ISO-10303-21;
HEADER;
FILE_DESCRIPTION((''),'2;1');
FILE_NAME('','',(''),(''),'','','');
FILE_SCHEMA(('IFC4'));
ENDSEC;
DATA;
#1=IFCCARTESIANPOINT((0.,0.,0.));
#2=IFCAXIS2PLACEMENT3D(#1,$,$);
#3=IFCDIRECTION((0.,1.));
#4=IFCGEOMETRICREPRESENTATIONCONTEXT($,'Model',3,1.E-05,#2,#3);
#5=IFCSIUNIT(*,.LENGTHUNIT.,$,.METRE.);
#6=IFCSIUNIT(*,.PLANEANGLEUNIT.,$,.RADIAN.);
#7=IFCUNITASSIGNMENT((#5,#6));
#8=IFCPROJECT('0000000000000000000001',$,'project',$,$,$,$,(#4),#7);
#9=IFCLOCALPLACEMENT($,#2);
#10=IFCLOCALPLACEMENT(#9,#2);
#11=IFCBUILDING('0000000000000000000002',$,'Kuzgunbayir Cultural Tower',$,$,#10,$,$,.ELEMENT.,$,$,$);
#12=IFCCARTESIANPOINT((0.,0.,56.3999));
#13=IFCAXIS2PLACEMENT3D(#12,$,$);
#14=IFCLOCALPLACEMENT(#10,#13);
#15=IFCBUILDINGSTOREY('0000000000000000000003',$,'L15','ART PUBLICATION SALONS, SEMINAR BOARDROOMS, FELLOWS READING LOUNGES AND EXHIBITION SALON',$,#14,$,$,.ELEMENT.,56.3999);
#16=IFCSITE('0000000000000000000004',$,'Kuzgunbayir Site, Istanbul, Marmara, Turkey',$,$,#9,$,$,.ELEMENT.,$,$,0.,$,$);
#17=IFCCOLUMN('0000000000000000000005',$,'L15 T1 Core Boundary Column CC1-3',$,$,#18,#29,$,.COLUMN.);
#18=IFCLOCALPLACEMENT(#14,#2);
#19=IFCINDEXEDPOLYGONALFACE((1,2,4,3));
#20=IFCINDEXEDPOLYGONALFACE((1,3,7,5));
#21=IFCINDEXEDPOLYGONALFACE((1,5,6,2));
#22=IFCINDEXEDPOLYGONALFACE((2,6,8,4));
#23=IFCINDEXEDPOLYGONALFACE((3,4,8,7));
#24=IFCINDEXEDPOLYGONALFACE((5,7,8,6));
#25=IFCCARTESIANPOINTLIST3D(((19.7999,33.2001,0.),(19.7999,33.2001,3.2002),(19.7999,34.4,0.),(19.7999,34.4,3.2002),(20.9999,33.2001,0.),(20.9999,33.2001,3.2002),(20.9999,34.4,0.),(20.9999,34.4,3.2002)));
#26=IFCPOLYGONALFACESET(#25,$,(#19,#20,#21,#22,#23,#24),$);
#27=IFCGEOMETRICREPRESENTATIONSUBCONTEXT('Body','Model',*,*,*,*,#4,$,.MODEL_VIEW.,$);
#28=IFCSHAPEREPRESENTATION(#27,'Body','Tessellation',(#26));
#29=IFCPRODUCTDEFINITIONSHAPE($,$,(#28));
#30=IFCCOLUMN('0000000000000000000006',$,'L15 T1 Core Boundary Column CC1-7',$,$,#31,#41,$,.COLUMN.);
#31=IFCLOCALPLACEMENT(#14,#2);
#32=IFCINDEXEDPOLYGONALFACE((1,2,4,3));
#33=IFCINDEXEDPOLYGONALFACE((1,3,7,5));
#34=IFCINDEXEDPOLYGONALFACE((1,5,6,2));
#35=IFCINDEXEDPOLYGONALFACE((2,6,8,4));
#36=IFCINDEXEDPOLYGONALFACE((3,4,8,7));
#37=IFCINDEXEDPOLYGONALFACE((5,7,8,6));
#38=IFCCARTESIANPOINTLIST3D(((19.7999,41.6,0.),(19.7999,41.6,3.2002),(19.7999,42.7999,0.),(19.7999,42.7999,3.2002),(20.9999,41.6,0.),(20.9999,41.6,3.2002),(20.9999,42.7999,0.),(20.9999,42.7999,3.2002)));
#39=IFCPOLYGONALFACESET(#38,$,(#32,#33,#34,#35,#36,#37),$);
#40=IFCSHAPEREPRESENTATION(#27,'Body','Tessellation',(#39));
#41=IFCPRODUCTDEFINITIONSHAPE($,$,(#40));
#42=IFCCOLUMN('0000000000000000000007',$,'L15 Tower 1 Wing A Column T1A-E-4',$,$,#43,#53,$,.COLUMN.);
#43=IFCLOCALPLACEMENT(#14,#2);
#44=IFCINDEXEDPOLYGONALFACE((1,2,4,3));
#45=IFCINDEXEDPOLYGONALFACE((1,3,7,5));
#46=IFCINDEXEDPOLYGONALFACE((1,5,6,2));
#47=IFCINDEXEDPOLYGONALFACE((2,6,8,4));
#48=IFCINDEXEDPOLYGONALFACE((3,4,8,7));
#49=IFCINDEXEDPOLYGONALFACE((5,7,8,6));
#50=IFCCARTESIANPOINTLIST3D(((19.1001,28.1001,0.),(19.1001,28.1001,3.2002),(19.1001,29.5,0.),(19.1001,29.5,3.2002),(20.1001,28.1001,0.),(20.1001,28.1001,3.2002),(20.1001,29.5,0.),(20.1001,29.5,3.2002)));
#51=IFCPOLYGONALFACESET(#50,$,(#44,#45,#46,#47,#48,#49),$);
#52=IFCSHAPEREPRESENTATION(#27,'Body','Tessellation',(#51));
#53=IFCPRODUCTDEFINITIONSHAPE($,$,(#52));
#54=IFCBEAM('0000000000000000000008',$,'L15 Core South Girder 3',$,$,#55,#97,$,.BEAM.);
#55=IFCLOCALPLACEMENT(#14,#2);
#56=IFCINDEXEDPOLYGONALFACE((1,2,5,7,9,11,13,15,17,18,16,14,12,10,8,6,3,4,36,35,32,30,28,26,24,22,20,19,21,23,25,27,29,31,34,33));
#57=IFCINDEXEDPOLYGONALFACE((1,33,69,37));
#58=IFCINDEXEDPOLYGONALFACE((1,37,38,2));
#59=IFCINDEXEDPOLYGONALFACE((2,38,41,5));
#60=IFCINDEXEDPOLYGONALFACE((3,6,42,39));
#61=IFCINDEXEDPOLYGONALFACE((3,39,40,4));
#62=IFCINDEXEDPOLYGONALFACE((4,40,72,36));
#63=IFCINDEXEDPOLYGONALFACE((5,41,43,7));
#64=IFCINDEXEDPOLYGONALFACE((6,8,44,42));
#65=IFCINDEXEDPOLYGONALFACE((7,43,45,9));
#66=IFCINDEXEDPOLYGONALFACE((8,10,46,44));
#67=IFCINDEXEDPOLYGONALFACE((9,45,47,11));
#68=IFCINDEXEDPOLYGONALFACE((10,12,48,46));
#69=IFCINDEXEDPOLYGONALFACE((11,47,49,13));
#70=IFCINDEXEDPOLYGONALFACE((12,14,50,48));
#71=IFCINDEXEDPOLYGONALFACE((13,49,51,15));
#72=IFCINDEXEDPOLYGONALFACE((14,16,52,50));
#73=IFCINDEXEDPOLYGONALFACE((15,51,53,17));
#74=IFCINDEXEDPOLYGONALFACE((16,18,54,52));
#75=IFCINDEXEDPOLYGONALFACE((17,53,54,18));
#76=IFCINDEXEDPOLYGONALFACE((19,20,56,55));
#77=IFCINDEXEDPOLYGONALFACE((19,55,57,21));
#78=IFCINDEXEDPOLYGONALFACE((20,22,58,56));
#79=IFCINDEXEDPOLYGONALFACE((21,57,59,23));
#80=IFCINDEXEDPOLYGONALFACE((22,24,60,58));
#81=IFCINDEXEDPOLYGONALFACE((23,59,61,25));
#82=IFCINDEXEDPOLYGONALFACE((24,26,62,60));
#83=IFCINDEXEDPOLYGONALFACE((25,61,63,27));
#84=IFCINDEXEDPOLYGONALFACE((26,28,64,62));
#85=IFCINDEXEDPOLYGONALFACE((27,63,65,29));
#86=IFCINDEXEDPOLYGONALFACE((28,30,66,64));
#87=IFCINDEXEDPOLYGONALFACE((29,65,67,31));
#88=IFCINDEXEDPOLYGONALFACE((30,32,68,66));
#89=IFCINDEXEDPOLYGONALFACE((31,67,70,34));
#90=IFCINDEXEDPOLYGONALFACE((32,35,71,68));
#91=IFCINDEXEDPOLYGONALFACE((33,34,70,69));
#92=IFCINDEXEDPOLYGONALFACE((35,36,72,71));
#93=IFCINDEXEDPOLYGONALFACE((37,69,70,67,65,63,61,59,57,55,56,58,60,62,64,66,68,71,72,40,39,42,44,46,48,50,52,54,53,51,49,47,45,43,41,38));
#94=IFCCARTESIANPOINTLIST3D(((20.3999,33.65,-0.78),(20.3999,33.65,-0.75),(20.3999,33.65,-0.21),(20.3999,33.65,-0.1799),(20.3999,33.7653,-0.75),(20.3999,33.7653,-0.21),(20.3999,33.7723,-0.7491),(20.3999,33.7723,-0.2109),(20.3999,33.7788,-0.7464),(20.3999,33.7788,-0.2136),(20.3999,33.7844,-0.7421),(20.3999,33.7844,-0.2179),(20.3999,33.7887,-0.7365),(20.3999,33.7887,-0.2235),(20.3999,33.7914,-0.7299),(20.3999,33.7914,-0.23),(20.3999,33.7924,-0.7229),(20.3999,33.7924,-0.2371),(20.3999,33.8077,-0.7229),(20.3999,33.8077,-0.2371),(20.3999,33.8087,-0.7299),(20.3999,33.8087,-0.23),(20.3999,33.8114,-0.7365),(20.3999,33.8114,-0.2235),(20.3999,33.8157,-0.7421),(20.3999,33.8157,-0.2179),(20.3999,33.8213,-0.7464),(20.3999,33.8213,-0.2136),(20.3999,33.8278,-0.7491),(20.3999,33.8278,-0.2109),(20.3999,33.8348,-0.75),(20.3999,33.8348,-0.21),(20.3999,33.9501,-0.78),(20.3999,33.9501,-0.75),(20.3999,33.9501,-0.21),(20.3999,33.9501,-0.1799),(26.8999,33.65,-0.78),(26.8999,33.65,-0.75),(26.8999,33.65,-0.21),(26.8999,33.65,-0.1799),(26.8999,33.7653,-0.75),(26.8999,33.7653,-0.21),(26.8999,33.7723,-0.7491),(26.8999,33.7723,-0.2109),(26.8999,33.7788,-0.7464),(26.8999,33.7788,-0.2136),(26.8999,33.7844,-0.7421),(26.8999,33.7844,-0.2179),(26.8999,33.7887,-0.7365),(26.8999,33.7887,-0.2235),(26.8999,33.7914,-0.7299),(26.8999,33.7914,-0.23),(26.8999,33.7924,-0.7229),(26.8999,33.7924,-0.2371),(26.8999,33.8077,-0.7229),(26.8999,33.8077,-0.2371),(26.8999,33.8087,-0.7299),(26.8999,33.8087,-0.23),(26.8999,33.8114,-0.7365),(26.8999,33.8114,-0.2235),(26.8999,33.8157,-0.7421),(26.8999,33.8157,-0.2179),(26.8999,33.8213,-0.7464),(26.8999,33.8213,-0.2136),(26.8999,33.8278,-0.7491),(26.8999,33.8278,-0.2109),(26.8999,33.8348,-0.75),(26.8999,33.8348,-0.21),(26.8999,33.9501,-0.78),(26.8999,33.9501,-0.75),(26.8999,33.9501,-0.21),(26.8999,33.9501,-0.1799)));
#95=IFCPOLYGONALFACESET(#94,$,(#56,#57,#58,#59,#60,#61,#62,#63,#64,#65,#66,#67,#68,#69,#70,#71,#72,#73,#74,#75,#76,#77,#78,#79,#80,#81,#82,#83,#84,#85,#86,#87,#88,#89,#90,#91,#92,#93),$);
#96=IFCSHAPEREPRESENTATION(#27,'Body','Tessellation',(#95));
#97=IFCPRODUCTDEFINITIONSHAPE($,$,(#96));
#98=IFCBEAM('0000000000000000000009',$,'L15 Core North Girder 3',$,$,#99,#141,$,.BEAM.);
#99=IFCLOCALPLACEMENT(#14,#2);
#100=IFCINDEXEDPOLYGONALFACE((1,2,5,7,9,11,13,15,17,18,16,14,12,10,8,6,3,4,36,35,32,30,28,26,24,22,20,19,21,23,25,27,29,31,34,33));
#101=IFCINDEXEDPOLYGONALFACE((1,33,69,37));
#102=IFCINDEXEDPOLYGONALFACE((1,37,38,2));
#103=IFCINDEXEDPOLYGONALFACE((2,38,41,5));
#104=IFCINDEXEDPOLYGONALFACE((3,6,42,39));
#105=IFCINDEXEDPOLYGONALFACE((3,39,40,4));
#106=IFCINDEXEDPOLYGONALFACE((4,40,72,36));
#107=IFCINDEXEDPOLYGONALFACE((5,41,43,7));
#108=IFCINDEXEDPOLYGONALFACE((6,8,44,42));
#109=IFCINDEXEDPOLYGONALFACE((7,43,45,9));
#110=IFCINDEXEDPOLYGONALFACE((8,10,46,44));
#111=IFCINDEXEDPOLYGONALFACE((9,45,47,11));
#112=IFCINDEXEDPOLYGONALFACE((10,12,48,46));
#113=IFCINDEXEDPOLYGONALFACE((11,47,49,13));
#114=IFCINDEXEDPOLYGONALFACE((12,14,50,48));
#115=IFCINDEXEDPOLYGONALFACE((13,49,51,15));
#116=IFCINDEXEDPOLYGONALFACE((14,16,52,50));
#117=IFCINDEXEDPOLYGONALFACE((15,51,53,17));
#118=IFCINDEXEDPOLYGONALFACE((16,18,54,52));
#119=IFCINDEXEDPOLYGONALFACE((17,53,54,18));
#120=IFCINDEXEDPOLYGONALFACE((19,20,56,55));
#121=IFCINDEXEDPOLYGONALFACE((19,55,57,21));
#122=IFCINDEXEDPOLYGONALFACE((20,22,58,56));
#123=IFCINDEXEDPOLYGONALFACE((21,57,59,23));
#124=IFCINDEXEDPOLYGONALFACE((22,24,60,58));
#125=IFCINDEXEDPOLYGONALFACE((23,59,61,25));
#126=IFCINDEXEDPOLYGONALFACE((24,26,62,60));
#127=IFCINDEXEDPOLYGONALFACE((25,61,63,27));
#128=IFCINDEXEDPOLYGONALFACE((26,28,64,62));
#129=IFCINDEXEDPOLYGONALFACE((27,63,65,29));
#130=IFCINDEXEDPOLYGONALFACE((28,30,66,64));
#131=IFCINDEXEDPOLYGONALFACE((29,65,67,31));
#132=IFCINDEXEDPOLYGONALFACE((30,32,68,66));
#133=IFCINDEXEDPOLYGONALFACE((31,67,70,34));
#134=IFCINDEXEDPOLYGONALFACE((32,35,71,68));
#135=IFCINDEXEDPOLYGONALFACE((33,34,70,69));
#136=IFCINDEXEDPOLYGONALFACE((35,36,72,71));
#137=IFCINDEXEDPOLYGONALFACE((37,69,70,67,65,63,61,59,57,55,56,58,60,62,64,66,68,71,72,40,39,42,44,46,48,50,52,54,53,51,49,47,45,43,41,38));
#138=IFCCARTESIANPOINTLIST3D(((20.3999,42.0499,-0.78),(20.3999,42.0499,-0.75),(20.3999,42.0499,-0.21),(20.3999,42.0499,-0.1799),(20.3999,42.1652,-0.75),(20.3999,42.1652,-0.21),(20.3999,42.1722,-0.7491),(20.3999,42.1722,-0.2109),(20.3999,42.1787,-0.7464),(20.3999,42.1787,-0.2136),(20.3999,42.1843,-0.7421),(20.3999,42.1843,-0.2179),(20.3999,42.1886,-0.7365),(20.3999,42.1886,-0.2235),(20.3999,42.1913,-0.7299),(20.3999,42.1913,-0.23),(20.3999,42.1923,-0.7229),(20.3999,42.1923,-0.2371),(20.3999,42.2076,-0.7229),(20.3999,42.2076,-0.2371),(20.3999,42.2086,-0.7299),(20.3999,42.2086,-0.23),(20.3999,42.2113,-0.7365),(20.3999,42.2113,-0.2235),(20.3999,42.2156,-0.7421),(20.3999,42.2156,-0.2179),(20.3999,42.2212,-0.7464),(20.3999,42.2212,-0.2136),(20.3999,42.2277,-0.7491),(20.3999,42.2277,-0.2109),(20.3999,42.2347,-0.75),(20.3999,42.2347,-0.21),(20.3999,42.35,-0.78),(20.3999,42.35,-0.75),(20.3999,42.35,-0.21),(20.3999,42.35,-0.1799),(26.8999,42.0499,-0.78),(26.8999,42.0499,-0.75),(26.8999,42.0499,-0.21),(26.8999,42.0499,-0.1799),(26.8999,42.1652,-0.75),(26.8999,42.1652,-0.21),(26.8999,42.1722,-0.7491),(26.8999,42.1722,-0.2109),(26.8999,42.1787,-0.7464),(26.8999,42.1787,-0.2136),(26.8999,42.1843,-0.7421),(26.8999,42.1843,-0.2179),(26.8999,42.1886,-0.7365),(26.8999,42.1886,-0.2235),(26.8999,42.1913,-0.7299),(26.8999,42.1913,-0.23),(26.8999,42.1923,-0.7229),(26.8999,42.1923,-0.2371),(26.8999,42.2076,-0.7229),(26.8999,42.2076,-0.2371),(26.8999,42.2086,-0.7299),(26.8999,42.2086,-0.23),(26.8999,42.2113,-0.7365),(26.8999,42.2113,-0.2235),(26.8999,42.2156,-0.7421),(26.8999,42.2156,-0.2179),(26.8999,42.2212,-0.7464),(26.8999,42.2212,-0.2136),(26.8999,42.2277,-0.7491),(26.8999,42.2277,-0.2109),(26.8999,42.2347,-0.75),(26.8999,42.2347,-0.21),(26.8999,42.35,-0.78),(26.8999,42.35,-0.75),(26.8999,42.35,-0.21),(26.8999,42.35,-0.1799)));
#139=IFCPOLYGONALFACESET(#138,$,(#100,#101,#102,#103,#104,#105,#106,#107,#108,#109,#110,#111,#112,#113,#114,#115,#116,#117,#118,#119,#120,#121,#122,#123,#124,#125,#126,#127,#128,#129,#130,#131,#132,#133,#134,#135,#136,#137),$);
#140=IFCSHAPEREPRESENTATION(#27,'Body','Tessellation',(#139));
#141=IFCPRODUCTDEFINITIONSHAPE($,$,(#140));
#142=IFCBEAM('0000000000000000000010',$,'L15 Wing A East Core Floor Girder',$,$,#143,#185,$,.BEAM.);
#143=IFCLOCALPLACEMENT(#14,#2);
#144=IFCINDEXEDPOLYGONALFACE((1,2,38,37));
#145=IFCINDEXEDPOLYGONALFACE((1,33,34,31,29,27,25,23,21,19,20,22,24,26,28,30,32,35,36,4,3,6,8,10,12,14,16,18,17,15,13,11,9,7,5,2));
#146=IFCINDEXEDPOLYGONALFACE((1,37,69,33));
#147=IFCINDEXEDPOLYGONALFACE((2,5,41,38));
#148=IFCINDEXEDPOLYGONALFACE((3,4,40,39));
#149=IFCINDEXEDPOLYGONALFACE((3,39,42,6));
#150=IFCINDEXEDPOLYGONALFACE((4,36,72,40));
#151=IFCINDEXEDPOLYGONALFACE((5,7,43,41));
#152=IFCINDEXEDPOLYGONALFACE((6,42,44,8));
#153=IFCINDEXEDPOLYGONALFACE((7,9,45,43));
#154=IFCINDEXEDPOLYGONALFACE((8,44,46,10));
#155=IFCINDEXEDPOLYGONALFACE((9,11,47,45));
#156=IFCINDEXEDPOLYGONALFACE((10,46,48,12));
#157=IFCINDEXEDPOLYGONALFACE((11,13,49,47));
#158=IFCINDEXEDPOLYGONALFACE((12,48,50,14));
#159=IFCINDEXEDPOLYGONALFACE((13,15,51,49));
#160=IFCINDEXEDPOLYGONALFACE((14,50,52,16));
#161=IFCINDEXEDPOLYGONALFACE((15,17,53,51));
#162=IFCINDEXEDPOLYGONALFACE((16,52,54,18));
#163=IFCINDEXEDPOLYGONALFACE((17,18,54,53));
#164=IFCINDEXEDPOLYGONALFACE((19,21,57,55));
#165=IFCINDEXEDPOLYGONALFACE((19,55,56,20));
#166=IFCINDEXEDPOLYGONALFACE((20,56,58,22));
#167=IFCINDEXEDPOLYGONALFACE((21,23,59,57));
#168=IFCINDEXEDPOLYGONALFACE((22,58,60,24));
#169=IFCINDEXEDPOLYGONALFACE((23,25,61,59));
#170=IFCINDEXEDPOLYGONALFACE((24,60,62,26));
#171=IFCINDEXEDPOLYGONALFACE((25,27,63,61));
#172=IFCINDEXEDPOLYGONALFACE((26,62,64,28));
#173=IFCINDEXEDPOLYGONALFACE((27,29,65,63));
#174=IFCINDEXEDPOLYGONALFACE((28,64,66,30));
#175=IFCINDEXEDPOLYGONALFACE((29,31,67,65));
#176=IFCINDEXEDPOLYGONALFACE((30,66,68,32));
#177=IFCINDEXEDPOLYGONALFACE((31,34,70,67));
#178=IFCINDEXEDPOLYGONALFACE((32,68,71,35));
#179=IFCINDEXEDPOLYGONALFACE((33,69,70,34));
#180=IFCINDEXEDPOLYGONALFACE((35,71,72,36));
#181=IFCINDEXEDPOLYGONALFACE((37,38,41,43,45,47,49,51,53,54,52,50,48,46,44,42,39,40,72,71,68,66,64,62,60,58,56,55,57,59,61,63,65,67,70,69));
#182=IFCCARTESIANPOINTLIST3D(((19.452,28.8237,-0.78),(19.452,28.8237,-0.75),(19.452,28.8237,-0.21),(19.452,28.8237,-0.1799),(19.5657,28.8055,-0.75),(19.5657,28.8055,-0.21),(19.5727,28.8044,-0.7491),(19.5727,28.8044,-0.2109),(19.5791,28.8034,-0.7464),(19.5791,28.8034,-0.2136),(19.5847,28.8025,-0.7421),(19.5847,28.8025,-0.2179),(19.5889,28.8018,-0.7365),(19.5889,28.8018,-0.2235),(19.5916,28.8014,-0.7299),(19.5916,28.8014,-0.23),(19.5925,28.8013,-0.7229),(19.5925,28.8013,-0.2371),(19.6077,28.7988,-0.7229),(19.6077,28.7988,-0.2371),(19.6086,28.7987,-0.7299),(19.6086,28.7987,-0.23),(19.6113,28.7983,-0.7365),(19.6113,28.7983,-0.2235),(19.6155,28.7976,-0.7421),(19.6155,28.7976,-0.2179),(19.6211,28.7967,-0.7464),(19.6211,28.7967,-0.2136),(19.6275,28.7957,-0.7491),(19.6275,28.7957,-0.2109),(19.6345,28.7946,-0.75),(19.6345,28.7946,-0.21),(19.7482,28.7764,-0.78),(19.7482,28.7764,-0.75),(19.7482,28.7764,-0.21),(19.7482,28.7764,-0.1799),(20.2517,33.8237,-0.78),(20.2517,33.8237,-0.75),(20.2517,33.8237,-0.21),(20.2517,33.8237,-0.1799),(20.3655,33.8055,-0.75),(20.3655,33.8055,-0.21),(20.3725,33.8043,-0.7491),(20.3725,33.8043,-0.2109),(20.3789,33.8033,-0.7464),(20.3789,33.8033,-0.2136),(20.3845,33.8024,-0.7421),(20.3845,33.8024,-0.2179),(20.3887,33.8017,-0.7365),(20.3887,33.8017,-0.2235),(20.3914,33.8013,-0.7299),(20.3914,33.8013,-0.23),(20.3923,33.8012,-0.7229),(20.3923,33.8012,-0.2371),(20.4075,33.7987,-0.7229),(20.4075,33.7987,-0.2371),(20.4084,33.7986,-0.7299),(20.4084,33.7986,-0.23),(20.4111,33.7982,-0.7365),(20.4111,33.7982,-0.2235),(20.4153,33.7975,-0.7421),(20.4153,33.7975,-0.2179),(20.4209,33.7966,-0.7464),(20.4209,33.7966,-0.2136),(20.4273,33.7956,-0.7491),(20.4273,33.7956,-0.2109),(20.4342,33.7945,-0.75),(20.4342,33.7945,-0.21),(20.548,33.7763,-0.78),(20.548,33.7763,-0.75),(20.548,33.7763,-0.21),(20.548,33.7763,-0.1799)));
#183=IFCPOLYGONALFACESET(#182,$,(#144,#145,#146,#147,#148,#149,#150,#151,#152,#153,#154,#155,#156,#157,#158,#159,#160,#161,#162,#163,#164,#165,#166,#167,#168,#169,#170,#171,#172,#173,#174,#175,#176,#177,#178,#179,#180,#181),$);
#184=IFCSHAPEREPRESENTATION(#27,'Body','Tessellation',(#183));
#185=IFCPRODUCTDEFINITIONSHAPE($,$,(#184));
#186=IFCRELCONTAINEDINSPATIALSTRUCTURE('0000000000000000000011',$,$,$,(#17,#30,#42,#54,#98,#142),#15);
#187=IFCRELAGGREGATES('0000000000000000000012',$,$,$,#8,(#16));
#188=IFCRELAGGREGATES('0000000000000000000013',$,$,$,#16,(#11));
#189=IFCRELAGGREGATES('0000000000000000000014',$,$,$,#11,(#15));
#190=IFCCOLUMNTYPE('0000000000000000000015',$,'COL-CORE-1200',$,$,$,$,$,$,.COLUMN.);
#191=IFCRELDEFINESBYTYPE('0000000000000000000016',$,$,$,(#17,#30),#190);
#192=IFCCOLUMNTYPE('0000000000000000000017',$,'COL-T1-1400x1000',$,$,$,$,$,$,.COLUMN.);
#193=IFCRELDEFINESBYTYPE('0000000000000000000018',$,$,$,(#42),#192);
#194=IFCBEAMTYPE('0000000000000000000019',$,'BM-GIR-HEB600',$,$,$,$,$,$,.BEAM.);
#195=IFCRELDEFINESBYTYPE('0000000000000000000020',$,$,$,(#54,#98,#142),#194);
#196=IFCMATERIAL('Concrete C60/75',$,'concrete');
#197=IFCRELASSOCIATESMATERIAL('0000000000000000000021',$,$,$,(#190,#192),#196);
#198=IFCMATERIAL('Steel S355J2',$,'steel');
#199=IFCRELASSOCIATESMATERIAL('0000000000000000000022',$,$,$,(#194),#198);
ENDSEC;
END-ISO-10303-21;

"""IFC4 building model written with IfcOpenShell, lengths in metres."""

from ifc_helpers import new_model, si_unit, direction, frame, origin, origin_2d, place, context, subcontext, project, spatial, rectangle, i_section, extrude, material, material_profile, profile_set, type_object, element, save


model = new_model("IFC4")

# Units and contexts
model_context = context("Model", 3, precision=1e-05, world=origin(), true_north=direction((0.0, 1.0)))
body_context = subcontext(model_context, "Body", "Model", "MODEL_VIEW")
ifc_project = project(units=[si_unit("LENGTHUNIT", "METRE"), si_unit("PLANEANGLEUNIT", "RADIAN")], contexts=[model_context])

# Site, building, storey
site_placement = place(None, origin())
site = spatial("IfcSite", under=ifc_project, at=site_placement, Name="Kuzgunbayir Site, Istanbul, Marmara, Turkey", CompositionType="ELEMENT", RefElevation=0.0)
building_placement = place(site_placement, origin())
building = spatial("IfcBuilding", under=site, at=building_placement, Name="Kuzgunbayir Cultural Tower", CompositionType="ELEMENT")
storey_placement = place(building_placement, frame((0.0, 0.0, 56.3999)))
storey = spatial("IfcBuildingStorey", under=building, at=storey_placement, Name="L15", Description="ART PUBLICATION SALONS, SEMINAR BOARDROOMS, FELLOWS READING LOUNGES AND EXHIBITION SALON", CompositionType="ELEMENT", Elevation=56.3999)

# Columns
ifc_material_1 = material(Name="Concrete C60/75", Category="concrete")
ifc_material_profile_1 = material_profile(ifc_material_1, rectangle(XDim=1.2, YDim=1.2, at=origin_2d()), Name="RC 1200x1200")
ifc_profile_set_1 = profile_set([ifc_material_profile_1], Name="Concrete C60/75")
column_type_1 = type_object("IfcColumnType", Name="COL-CORE-1200", PredefinedType="COLUMN", material=ifc_profile_set_1)
for number, where, z_axis, x_axis, name in (
    (1, (20.3999, 33.8, 0.0), (0.0, 0.0, 1.0), (1.0, 0.0, 0.0), "L15 T1 Core Boundary Column CC1-3"),
    (2, (20.3999, 42.2, 0.0), (0.0, 0.0, 1.0), (1.0, 0.0, 0.0), "L15 T1 Core Boundary Column CC1-7"),
):
    element("IfcColumn", number, at=place(storey_placement, frame(where, z_axis=z_axis, x_axis=x_axis)), inside=storey, type_object=column_type_1, Name=name, PredefinedType="COLUMN", context=body_context, shape_type="SweptSolid", body=[
        extrude(rectangle(XDim=1.2, YDim=1.2, at=origin_2d()), origin(), (0.0, 0.0, 1.0), 3.2002),
    ])
ifc_material_profile_2 = material_profile(ifc_material_1, rectangle(XDim=1.0, YDim=1.3999, at=origin_2d()), Name="RC 1400x1000")
ifc_profile_set_2 = profile_set([ifc_material_profile_2], Name="Concrete C60/75")
column_type_2 = type_object("IfcColumnType", Name="COL-T1-1400x1000", PredefinedType="COLUMN", material=ifc_profile_set_2)
column_placement = place(storey_placement, frame((19.6001, 28.8, 0.0), z_axis=(0.0, 0.0, 1.0), x_axis=(1.0, 0.0, 0.0)))
element("IfcColumn", 3, at=column_placement, inside=storey, type_object=column_type_2, Name="L15 Tower 1 Wing A Column T1A-E-4", PredefinedType="COLUMN", context=body_context, shape_type="SweptSolid", body=[
    extrude(rectangle(XDim=1.0, YDim=1.3999, at=origin_2d()), origin(), (0.0, 0.0, 1.0), 3.2002),
])

# Beams
ifc_material_2 = material(Name="Steel S355J2", Category="steel")
ifc_material_profile_3 = material_profile(ifc_material_2, i_section(OverallWidth=0.3, OverallDepth=0.6001, WebThickness=0.0154, FlangeThickness=0.03, FilletRadius=0.0271, at=origin_2d()), Name="HEB 600")
ifc_profile_set_3 = profile_set([ifc_material_profile_3], Name="Steel S355J2")
beam_type = type_object("IfcBeamType", Name="BM-GIR-HEB600", PredefinedType="BEAM", material=ifc_profile_set_3)
for number, where, z_axis, x_axis, name in (
    (4, (20.3999, 33.8, -0.48), (1.0, 0.0, 0.0), (0.0, 1.0, 0.0), "L15 Core South Girder 3"),
    (5, (20.3999, 42.2, -0.48), (1.0, 0.0, 0.0), (0.0, 1.0, 0.0), "L15 Core North Girder 3"),
):
    element("IfcBeam", number, at=place(storey_placement, frame(where, z_axis=z_axis, x_axis=x_axis)), inside=storey, type_object=beam_type, Name=name, PredefinedType="BEAM", context=body_context, shape_type="SweptSolid", body=[
        extrude(i_section(OverallWidth=0.3, OverallDepth=0.6001, WebThickness=0.0154, FlangeThickness=0.03, FilletRadius=0.0271, at=origin_2d()), origin(), (0.0, 0.0, 1.0), 6.5),
    ])
beam_1_placement = place(storey_placement, frame((19.6001, 28.8, -0.48), z_axis=(0.157953, 0.987447, 0.0), x_axis=(-0.987447, 0.157953, 0.0)))
element("IfcBeam", 6, at=beam_1_placement, inside=storey, type_object=beam_type, Name="L15 Wing A East Core Floor Girder", PredefinedType="BEAM", context=body_context, shape_type="SweptSolid", body=[
    extrude(i_section(OverallWidth=0.3, OverallDepth=0.6001, WebThickness=0.0154, FlangeThickness=0.03, FilletRadius=0.0271, at=origin_2d()), origin(), (0.0, 0.0, 1.0), 5.0635),
])

save(model, "model.ifc")
